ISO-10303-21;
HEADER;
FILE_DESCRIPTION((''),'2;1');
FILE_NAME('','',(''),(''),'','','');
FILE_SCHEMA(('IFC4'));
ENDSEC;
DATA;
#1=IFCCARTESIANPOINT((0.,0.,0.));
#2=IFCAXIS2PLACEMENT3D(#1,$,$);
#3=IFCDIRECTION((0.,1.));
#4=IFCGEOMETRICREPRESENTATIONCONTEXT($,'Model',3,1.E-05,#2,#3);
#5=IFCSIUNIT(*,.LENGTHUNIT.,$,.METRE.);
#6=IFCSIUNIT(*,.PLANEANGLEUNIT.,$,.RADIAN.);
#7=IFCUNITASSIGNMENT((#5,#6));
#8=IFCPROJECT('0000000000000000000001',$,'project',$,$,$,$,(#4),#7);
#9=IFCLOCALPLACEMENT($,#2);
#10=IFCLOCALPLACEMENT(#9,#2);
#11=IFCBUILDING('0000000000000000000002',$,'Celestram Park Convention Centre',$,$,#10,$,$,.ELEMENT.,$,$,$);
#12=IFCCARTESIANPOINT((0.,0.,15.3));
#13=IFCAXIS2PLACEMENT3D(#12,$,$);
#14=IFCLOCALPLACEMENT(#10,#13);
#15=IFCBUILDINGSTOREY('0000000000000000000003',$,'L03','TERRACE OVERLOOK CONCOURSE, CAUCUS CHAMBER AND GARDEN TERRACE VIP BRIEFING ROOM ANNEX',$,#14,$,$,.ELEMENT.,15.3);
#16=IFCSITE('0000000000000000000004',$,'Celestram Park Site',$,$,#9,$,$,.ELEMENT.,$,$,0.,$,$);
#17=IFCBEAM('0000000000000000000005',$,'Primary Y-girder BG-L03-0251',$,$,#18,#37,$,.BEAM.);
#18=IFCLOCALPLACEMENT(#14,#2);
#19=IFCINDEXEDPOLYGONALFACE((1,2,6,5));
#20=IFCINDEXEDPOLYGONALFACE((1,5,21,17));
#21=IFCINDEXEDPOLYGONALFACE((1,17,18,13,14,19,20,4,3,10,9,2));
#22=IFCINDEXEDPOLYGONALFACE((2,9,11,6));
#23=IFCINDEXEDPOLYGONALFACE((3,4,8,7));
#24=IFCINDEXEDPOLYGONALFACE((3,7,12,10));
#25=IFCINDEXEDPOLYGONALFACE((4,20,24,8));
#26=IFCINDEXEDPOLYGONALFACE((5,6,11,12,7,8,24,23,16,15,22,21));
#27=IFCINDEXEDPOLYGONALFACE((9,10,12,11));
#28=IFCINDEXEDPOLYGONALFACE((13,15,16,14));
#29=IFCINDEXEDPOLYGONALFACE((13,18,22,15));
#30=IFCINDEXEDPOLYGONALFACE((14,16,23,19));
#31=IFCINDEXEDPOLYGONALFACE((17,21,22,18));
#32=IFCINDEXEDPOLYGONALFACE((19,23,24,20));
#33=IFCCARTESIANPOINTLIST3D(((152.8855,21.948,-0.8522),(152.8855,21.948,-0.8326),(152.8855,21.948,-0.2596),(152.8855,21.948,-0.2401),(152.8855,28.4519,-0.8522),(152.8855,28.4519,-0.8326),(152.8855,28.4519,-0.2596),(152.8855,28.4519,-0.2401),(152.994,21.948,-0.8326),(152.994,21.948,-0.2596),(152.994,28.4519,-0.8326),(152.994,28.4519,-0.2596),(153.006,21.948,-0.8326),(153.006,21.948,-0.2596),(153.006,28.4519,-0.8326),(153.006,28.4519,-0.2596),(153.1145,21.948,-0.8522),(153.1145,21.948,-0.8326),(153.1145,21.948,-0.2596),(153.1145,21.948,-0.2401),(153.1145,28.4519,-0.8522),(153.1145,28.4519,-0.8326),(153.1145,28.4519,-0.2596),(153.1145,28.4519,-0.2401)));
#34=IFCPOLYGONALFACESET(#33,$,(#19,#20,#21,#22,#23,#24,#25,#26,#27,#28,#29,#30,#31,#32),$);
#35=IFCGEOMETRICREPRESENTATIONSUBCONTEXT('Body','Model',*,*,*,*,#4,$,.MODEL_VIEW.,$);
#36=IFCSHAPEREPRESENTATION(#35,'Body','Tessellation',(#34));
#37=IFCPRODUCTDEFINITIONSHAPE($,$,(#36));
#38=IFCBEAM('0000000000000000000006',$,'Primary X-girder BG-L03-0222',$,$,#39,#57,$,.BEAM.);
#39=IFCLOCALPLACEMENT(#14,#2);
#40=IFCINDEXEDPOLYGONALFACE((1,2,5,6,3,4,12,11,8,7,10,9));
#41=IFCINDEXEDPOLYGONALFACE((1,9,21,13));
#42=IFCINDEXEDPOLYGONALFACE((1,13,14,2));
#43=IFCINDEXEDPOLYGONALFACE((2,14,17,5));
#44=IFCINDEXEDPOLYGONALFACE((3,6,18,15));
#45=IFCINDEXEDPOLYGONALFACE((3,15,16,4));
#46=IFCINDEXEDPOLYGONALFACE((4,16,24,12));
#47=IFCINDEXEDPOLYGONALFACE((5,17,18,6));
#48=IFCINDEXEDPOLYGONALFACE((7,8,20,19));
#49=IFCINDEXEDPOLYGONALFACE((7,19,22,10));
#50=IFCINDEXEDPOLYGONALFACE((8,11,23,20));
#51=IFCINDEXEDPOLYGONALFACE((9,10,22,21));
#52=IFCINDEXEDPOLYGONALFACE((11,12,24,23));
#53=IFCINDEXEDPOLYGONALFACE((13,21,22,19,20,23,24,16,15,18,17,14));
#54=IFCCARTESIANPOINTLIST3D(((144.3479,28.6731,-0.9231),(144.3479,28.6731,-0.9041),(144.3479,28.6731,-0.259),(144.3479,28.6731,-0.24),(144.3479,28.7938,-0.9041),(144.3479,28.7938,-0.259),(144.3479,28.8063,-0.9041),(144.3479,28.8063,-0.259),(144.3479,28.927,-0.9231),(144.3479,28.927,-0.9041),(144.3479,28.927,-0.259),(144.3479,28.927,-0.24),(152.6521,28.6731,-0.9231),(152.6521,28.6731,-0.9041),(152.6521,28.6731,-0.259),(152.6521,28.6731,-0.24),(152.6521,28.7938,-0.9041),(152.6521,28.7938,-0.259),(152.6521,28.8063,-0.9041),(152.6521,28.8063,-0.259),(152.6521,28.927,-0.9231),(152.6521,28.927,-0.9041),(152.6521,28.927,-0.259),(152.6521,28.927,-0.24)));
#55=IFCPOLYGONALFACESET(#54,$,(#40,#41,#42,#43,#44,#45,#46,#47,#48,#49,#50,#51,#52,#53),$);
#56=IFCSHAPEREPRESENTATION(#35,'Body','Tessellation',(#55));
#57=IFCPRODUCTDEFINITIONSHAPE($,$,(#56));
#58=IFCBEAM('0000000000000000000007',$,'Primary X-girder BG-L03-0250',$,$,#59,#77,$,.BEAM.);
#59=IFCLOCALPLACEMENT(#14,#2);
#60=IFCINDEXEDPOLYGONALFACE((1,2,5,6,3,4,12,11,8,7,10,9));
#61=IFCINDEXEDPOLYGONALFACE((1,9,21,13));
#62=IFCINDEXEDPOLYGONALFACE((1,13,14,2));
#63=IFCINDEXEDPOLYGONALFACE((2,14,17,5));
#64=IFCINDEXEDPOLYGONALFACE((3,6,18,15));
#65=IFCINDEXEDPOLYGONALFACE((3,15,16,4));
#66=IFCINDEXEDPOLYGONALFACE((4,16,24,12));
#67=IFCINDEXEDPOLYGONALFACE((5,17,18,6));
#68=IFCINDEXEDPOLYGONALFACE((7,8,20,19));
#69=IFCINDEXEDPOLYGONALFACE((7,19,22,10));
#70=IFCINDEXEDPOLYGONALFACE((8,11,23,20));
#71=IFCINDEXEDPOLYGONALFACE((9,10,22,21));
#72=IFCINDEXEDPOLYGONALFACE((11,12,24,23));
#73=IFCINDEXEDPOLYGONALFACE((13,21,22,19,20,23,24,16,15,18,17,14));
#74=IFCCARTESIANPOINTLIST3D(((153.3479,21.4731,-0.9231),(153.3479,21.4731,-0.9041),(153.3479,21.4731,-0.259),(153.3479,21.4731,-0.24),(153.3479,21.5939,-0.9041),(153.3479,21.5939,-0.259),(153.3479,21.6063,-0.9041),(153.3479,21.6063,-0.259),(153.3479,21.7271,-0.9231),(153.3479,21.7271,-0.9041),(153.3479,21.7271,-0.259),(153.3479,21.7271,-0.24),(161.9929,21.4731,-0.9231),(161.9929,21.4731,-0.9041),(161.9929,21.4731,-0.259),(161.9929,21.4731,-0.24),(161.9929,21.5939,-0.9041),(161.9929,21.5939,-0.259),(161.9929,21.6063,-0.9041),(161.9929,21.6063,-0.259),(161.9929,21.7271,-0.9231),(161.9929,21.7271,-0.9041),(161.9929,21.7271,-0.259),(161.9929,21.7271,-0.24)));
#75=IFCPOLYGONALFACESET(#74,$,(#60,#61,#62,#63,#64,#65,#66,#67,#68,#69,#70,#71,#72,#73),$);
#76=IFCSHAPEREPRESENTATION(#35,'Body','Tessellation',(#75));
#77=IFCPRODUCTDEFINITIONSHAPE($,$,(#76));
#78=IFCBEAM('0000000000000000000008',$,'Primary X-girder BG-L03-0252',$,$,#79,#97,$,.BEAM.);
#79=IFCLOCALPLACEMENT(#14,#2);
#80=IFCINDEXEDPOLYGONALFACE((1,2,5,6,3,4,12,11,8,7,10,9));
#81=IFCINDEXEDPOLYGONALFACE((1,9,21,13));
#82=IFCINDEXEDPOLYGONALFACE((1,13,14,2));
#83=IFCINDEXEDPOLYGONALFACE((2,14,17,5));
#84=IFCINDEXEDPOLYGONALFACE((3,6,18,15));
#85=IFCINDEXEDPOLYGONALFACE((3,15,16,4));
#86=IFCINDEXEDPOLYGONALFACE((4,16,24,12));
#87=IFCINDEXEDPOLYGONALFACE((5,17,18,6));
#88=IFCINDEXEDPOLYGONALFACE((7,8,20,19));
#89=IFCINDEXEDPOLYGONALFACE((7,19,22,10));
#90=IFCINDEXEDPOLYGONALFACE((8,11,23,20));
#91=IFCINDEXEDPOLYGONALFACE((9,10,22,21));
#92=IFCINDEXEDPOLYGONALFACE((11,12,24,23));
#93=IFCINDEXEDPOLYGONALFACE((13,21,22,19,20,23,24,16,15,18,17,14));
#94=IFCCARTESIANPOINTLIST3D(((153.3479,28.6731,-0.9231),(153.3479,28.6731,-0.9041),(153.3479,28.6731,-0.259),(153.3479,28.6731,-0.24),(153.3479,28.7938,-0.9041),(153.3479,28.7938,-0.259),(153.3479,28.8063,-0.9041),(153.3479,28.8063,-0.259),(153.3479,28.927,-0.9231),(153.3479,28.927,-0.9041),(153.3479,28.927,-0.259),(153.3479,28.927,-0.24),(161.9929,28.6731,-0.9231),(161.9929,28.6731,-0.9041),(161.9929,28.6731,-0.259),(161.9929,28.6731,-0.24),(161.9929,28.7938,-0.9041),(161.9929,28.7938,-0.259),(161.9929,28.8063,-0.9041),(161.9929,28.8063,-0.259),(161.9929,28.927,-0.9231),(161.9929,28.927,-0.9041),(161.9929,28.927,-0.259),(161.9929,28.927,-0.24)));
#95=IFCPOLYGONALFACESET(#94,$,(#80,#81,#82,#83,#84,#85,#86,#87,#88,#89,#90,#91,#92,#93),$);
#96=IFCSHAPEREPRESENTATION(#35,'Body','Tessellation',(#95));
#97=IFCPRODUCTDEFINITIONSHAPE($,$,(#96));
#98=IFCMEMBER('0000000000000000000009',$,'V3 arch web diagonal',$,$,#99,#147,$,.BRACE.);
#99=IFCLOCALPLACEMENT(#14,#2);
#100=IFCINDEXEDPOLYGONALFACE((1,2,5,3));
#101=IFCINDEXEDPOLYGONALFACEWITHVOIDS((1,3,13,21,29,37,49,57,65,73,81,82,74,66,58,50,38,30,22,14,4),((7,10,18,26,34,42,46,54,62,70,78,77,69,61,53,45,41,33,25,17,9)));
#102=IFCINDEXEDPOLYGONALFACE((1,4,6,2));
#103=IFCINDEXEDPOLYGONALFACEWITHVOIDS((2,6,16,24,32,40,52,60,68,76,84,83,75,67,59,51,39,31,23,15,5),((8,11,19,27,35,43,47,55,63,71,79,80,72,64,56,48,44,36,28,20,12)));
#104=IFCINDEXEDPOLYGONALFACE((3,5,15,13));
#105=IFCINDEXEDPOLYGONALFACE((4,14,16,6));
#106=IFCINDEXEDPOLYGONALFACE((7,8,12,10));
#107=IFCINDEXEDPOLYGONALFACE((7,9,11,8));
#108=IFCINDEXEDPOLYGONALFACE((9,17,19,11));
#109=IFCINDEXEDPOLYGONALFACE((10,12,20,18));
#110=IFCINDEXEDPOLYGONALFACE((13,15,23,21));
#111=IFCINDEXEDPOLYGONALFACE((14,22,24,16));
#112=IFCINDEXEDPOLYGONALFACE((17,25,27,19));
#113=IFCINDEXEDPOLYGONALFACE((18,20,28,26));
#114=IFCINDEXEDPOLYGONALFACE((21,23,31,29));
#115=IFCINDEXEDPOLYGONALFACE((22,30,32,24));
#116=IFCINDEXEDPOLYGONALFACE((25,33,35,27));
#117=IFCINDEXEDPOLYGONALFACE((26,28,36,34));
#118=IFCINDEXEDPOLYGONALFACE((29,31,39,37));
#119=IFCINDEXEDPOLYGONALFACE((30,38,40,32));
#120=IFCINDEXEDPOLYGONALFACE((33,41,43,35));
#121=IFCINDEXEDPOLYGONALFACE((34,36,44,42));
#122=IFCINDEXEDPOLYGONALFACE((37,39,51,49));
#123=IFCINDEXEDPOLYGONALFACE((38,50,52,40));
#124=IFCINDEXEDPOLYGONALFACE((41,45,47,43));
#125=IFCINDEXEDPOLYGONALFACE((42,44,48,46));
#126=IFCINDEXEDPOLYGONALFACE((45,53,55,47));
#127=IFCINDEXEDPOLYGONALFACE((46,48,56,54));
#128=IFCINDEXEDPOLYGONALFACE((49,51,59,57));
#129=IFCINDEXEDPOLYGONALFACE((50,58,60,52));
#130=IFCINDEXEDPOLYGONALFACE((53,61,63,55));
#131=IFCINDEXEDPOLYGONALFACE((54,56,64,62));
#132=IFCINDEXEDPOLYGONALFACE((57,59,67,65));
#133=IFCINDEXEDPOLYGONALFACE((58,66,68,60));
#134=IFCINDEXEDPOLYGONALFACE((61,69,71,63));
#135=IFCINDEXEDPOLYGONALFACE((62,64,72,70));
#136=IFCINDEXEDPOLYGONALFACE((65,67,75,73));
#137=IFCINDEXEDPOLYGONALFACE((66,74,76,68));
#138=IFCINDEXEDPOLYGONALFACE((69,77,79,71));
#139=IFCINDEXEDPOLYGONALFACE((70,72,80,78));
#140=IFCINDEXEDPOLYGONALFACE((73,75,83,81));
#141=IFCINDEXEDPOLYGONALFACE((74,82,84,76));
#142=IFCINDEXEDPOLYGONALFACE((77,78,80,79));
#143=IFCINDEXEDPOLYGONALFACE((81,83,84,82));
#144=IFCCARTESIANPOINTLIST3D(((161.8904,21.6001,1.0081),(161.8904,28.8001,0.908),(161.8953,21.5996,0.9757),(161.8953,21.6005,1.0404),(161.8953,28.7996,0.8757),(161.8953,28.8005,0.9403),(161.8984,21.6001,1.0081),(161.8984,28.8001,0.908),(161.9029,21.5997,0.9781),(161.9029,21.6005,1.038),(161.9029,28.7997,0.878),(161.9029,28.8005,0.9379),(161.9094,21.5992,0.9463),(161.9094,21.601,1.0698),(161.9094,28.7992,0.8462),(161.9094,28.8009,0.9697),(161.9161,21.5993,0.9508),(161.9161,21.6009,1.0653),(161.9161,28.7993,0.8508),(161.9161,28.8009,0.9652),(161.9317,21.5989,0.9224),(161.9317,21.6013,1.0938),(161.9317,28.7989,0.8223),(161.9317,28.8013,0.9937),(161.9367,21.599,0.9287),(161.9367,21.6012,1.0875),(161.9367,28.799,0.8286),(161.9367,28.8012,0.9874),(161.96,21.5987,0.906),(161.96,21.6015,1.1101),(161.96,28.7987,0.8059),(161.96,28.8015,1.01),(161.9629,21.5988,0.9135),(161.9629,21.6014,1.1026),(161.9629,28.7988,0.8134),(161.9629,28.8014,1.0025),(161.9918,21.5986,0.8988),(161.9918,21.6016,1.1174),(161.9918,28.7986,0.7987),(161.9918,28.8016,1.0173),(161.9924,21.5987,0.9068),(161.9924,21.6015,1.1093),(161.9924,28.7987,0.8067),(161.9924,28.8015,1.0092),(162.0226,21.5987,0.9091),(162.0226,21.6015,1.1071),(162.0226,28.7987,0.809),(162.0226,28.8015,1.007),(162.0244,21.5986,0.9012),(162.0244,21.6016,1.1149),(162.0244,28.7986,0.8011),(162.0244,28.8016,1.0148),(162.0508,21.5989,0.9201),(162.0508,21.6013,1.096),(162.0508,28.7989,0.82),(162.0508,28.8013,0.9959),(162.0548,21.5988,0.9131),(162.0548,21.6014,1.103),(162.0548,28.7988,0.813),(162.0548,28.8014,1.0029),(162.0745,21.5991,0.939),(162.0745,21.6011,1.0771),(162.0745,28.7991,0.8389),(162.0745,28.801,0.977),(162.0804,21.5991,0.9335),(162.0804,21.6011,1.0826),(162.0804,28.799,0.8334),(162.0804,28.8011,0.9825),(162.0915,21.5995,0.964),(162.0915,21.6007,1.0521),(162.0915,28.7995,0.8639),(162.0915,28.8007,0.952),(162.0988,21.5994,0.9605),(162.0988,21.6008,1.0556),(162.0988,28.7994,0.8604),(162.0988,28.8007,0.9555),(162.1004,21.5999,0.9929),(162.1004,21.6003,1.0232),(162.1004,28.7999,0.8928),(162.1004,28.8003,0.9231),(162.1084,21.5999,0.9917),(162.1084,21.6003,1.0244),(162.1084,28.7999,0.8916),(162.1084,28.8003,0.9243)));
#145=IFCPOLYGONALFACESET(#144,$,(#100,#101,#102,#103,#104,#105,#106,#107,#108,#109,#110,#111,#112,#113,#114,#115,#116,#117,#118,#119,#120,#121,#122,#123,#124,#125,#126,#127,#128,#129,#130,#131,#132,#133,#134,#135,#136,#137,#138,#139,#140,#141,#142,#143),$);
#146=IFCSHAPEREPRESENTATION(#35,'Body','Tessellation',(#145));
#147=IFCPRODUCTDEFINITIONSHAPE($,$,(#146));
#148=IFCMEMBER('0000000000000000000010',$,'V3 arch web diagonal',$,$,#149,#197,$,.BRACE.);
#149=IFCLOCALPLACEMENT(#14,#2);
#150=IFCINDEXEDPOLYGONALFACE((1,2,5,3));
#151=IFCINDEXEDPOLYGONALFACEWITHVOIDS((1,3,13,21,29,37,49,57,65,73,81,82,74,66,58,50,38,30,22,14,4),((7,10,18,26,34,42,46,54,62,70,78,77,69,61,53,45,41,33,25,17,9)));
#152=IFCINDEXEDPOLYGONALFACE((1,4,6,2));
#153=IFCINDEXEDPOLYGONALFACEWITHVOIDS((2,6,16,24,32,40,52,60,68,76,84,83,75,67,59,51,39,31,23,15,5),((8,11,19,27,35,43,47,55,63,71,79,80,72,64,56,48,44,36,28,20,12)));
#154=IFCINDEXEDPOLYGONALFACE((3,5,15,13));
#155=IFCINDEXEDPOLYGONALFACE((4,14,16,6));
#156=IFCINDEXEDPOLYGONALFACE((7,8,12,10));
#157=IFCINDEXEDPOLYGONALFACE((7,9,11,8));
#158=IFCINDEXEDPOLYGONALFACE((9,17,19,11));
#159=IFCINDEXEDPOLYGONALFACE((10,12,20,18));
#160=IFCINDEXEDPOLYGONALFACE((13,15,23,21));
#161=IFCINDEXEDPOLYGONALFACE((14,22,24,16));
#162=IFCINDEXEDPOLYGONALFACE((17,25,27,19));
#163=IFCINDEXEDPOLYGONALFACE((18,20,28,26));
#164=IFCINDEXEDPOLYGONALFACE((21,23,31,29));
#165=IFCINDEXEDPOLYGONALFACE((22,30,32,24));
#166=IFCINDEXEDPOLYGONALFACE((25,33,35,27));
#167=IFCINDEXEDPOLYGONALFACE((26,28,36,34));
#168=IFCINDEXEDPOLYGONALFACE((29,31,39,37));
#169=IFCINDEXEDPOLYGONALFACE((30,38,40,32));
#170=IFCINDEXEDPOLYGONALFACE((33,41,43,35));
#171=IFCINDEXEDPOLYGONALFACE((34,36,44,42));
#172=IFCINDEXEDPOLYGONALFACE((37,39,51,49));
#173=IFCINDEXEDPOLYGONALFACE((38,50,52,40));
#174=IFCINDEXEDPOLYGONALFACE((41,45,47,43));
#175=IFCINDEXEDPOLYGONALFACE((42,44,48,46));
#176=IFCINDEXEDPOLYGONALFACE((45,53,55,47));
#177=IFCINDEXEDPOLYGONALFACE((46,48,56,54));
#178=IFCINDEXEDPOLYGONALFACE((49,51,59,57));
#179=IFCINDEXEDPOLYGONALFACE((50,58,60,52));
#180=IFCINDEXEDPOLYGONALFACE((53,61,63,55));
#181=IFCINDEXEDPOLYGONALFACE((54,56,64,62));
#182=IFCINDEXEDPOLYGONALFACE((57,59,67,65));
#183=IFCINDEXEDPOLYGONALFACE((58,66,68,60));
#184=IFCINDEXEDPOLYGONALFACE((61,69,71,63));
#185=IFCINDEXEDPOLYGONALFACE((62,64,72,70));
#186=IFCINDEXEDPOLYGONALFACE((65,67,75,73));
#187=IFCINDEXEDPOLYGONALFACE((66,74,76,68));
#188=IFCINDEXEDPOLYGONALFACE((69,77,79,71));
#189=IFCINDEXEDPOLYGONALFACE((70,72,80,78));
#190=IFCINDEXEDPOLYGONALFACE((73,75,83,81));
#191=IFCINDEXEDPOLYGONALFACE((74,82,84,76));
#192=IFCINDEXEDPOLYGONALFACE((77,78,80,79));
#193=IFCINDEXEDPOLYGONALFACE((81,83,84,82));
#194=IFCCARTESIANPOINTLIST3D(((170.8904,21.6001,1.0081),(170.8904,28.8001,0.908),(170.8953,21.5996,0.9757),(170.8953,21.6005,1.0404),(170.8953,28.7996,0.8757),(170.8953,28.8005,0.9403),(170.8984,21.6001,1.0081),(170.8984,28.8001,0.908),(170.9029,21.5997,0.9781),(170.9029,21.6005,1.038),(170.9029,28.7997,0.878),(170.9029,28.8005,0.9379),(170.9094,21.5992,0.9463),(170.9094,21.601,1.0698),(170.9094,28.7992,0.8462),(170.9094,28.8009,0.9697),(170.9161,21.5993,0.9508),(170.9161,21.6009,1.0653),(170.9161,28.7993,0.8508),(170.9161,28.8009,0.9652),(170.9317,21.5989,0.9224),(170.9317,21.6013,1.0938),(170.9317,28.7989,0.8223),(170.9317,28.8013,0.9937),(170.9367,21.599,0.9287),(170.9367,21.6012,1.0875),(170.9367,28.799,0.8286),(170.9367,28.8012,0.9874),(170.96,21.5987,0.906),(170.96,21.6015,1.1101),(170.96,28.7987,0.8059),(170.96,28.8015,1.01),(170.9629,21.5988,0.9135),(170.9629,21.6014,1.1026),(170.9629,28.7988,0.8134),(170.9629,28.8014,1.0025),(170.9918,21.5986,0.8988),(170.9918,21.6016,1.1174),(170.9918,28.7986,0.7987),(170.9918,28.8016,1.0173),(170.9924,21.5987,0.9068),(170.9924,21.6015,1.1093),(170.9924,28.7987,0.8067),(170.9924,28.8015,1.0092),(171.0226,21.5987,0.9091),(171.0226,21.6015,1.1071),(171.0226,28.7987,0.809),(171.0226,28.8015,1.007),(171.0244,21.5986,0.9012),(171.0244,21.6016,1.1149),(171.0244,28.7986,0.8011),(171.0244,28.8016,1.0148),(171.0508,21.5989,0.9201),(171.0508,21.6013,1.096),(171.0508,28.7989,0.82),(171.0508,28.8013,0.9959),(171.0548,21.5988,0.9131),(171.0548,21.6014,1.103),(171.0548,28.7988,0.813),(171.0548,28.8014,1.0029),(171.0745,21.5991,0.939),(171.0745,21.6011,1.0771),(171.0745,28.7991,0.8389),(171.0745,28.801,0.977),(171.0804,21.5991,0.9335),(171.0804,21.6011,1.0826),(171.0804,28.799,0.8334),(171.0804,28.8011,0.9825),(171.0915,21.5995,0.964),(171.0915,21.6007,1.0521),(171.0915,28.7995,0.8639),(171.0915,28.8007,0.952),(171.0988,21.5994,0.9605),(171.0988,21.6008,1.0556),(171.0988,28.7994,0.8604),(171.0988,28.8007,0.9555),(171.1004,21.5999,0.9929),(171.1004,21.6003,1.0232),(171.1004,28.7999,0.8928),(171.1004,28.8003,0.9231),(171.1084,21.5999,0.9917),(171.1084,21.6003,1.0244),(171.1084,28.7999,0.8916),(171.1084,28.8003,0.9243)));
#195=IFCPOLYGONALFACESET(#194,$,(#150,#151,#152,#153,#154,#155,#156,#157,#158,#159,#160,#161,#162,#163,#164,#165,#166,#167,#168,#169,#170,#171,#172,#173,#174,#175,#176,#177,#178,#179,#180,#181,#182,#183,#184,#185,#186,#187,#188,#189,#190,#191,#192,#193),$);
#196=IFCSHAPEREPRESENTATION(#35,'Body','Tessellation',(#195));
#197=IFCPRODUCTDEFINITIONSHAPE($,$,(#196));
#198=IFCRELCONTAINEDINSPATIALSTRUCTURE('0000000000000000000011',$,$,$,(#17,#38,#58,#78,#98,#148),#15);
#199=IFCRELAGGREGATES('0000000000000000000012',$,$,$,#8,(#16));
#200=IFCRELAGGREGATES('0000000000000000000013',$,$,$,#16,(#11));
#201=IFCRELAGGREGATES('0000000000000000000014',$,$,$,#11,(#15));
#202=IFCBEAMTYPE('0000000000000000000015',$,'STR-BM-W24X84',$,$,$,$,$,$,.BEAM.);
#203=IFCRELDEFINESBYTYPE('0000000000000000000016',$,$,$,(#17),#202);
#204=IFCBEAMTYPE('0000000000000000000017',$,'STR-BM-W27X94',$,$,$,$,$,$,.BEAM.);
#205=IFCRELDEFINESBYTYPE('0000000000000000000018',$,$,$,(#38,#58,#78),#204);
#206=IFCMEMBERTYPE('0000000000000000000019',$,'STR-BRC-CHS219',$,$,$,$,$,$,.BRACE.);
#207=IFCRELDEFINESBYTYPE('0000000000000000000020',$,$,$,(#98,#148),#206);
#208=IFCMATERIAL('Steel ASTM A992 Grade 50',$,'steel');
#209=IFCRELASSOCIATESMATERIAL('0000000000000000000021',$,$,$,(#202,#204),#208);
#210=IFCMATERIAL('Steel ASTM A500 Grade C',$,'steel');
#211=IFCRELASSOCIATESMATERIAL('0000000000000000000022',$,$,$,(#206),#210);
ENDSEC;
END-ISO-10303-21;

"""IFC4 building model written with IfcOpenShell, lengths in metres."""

from ifc_helpers import new_model, si_unit, direction, frame, origin, origin_2d, place, context, subcontext, project, spatial, hollow_circle, i_section, extrude, material, material_profile, profile_set, type_object, element, save


model = new_model("IFC4")

# Units and contexts
model_context = context("Model", 3, precision=1e-05, world=origin(), true_north=direction((0.0, 1.0)))
body_context = subcontext(model_context, "Body", "Model", "MODEL_VIEW")
ifc_project = project(units=[si_unit("LENGTHUNIT", "METRE"), si_unit("PLANEANGLEUNIT", "RADIAN")], contexts=[model_context])

# Site, building, storey
site_placement = place(None, origin())
site = spatial("IfcSite", under=ifc_project, at=site_placement, Name="Celestram Park Site", CompositionType="ELEMENT", RefElevation=0.0)
building_placement = place(site_placement, origin())
building = spatial("IfcBuilding", under=site, at=building_placement, Name="Celestram Park Convention Centre", CompositionType="ELEMENT")
storey_placement = place(building_placement, frame((0.0, 0.0, 15.3)))
storey = spatial("IfcBuildingStorey", under=building, at=storey_placement, Name="L03", Description="TERRACE OVERLOOK CONCOURSE, CAUCUS CHAMBER AND GARDEN TERRACE VIP BRIEFING ROOM ANNEX", CompositionType="ELEMENT", Elevation=15.3)

# Beams
ifc_material_1 = material(Name="Steel ASTM A992 Grade 50", Category="steel")
ifc_material_profile_1 = material_profile(ifc_material_1, i_section(OverallWidth=0.229, OverallDepth=0.6121, WebThickness=0.012, FlangeThickness=0.0195, at=origin_2d()), Name="W24X84")
ifc_profile_set_1 = profile_set([ifc_material_profile_1], Name="Steel ASTM A992 Grade 50")
beam_type_1 = type_object("IfcBeamType", Name="STR-BM-W24X84", PredefinedType="BEAM", material=ifc_profile_set_1)
beam_1_placement = place(storey_placement, frame((153.0, 21.948, -0.5461), z_axis=(0.0, 1.0, 0.0), x_axis=(-1.0, 0.0, 0.0)))
element("IfcBeam", 1, at=beam_1_placement, inside=storey, type_object=beam_type_1, Name="Primary Y-girder BG-L03-0251", PredefinedType="BEAM", context=body_context, shape_type="SweptSolid", body=[
    extrude(i_section(OverallWidth=0.229, OverallDepth=0.6121, WebThickness=0.012, FlangeThickness=0.0195, at=origin_2d()), origin(), (0.0, 0.0, 1.0), 6.5039),
])
ifc_material_profile_2 = material_profile(ifc_material_1, i_section(OverallWidth=0.2539, OverallDepth=0.6831, WebThickness=0.0125, FlangeThickness=0.019, at=origin_2d()), Name="W27X94")
ifc_profile_set_2 = profile_set([ifc_material_profile_2], Name="Steel ASTM A992 Grade 50")
beam_type_2 = type_object("IfcBeamType", Name="STR-BM-W27X94", PredefinedType="BEAM", material=ifc_profile_set_2)
beam_2_placement = place(storey_placement, frame((144.3479, 28.8, -0.5815), z_axis=(1.0, 0.0, 0.0), x_axis=(0.0, 1.0, 0.0)))
element("IfcBeam", 2, at=beam_2_placement, inside=storey, type_object=beam_type_2, Name="Primary X-girder BG-L03-0222", PredefinedType="BEAM", context=body_context, shape_type="SweptSolid", body=[
    extrude(i_section(OverallWidth=0.2539, OverallDepth=0.6831, WebThickness=0.0125, FlangeThickness=0.019, at=origin_2d()), origin(), (0.0, 0.0, 1.0), 8.3042),
])
for number, where, z_axis, x_axis, name in (
    (3, (153.3479, 21.6001, -0.5815), (1.0, 0.0, 0.0), (0.0, 1.0, 0.0), "Primary X-girder BG-L03-0250"),
    (4, (153.3479, 28.8, -0.5815), (1.0, 0.0, 0.0), (0.0, 1.0, 0.0), "Primary X-girder BG-L03-0252"),
):
    element("IfcBeam", number, at=place(storey_placement, frame(where, z_axis=z_axis, x_axis=x_axis)), inside=storey, type_object=beam_type_2, Name=name, PredefinedType="BEAM", context=body_context, shape_type="SweptSolid", body=[
        extrude(i_section(OverallWidth=0.2539, OverallDepth=0.6831, WebThickness=0.0125, FlangeThickness=0.019, at=origin_2d()), origin(), (0.0, 0.0, 1.0), 8.645),
    ])

# Members
ifc_material_2 = material(Name="Steel ASTM A500 Grade C", Category="steel")
ifc_material_profile_3 = material_profile(ifc_material_2, hollow_circle(Radius=0.1096, WallThickness=0.0081, at=origin_2d()), Name="CHS219X8")
ifc_profile_set_3 = profile_set([ifc_material_profile_3], Name="Steel ASTM A500 Grade C")
member_type_1 = type_object("IfcMemberType", Name="STR-BRC-CHS219", PredefinedType="BRACE", material=ifc_profile_set_3)
for number, where, z_axis, x_axis, name in (
    (5, (162.0, 21.6001, 1.0081), (0.0, 0.999903, -0.013901), (-1.0, 0.0, 0.0), "V3 arch web diagonal"),
    (6, (171.0, 21.6001, 1.0081), (0.0, 0.999903, -0.013901), (-1.0, 0.0, 0.0), "V3 arch web diagonal"),
):
    element("IfcMember", number, at=place(storey_placement, frame(where, z_axis=z_axis, x_axis=x_axis)), inside=storey, type_object=member_type_1, Name=name, PredefinedType="BRACE", context=body_context, shape_type="SweptSolid", body=[
        extrude(hollow_circle(Radius=0.1096, WallThickness=0.0081, at=origin_2d()), origin(), (0.0, 0.0, 1.0), 7.2007),
    ])

save(model, "model.ifc")
